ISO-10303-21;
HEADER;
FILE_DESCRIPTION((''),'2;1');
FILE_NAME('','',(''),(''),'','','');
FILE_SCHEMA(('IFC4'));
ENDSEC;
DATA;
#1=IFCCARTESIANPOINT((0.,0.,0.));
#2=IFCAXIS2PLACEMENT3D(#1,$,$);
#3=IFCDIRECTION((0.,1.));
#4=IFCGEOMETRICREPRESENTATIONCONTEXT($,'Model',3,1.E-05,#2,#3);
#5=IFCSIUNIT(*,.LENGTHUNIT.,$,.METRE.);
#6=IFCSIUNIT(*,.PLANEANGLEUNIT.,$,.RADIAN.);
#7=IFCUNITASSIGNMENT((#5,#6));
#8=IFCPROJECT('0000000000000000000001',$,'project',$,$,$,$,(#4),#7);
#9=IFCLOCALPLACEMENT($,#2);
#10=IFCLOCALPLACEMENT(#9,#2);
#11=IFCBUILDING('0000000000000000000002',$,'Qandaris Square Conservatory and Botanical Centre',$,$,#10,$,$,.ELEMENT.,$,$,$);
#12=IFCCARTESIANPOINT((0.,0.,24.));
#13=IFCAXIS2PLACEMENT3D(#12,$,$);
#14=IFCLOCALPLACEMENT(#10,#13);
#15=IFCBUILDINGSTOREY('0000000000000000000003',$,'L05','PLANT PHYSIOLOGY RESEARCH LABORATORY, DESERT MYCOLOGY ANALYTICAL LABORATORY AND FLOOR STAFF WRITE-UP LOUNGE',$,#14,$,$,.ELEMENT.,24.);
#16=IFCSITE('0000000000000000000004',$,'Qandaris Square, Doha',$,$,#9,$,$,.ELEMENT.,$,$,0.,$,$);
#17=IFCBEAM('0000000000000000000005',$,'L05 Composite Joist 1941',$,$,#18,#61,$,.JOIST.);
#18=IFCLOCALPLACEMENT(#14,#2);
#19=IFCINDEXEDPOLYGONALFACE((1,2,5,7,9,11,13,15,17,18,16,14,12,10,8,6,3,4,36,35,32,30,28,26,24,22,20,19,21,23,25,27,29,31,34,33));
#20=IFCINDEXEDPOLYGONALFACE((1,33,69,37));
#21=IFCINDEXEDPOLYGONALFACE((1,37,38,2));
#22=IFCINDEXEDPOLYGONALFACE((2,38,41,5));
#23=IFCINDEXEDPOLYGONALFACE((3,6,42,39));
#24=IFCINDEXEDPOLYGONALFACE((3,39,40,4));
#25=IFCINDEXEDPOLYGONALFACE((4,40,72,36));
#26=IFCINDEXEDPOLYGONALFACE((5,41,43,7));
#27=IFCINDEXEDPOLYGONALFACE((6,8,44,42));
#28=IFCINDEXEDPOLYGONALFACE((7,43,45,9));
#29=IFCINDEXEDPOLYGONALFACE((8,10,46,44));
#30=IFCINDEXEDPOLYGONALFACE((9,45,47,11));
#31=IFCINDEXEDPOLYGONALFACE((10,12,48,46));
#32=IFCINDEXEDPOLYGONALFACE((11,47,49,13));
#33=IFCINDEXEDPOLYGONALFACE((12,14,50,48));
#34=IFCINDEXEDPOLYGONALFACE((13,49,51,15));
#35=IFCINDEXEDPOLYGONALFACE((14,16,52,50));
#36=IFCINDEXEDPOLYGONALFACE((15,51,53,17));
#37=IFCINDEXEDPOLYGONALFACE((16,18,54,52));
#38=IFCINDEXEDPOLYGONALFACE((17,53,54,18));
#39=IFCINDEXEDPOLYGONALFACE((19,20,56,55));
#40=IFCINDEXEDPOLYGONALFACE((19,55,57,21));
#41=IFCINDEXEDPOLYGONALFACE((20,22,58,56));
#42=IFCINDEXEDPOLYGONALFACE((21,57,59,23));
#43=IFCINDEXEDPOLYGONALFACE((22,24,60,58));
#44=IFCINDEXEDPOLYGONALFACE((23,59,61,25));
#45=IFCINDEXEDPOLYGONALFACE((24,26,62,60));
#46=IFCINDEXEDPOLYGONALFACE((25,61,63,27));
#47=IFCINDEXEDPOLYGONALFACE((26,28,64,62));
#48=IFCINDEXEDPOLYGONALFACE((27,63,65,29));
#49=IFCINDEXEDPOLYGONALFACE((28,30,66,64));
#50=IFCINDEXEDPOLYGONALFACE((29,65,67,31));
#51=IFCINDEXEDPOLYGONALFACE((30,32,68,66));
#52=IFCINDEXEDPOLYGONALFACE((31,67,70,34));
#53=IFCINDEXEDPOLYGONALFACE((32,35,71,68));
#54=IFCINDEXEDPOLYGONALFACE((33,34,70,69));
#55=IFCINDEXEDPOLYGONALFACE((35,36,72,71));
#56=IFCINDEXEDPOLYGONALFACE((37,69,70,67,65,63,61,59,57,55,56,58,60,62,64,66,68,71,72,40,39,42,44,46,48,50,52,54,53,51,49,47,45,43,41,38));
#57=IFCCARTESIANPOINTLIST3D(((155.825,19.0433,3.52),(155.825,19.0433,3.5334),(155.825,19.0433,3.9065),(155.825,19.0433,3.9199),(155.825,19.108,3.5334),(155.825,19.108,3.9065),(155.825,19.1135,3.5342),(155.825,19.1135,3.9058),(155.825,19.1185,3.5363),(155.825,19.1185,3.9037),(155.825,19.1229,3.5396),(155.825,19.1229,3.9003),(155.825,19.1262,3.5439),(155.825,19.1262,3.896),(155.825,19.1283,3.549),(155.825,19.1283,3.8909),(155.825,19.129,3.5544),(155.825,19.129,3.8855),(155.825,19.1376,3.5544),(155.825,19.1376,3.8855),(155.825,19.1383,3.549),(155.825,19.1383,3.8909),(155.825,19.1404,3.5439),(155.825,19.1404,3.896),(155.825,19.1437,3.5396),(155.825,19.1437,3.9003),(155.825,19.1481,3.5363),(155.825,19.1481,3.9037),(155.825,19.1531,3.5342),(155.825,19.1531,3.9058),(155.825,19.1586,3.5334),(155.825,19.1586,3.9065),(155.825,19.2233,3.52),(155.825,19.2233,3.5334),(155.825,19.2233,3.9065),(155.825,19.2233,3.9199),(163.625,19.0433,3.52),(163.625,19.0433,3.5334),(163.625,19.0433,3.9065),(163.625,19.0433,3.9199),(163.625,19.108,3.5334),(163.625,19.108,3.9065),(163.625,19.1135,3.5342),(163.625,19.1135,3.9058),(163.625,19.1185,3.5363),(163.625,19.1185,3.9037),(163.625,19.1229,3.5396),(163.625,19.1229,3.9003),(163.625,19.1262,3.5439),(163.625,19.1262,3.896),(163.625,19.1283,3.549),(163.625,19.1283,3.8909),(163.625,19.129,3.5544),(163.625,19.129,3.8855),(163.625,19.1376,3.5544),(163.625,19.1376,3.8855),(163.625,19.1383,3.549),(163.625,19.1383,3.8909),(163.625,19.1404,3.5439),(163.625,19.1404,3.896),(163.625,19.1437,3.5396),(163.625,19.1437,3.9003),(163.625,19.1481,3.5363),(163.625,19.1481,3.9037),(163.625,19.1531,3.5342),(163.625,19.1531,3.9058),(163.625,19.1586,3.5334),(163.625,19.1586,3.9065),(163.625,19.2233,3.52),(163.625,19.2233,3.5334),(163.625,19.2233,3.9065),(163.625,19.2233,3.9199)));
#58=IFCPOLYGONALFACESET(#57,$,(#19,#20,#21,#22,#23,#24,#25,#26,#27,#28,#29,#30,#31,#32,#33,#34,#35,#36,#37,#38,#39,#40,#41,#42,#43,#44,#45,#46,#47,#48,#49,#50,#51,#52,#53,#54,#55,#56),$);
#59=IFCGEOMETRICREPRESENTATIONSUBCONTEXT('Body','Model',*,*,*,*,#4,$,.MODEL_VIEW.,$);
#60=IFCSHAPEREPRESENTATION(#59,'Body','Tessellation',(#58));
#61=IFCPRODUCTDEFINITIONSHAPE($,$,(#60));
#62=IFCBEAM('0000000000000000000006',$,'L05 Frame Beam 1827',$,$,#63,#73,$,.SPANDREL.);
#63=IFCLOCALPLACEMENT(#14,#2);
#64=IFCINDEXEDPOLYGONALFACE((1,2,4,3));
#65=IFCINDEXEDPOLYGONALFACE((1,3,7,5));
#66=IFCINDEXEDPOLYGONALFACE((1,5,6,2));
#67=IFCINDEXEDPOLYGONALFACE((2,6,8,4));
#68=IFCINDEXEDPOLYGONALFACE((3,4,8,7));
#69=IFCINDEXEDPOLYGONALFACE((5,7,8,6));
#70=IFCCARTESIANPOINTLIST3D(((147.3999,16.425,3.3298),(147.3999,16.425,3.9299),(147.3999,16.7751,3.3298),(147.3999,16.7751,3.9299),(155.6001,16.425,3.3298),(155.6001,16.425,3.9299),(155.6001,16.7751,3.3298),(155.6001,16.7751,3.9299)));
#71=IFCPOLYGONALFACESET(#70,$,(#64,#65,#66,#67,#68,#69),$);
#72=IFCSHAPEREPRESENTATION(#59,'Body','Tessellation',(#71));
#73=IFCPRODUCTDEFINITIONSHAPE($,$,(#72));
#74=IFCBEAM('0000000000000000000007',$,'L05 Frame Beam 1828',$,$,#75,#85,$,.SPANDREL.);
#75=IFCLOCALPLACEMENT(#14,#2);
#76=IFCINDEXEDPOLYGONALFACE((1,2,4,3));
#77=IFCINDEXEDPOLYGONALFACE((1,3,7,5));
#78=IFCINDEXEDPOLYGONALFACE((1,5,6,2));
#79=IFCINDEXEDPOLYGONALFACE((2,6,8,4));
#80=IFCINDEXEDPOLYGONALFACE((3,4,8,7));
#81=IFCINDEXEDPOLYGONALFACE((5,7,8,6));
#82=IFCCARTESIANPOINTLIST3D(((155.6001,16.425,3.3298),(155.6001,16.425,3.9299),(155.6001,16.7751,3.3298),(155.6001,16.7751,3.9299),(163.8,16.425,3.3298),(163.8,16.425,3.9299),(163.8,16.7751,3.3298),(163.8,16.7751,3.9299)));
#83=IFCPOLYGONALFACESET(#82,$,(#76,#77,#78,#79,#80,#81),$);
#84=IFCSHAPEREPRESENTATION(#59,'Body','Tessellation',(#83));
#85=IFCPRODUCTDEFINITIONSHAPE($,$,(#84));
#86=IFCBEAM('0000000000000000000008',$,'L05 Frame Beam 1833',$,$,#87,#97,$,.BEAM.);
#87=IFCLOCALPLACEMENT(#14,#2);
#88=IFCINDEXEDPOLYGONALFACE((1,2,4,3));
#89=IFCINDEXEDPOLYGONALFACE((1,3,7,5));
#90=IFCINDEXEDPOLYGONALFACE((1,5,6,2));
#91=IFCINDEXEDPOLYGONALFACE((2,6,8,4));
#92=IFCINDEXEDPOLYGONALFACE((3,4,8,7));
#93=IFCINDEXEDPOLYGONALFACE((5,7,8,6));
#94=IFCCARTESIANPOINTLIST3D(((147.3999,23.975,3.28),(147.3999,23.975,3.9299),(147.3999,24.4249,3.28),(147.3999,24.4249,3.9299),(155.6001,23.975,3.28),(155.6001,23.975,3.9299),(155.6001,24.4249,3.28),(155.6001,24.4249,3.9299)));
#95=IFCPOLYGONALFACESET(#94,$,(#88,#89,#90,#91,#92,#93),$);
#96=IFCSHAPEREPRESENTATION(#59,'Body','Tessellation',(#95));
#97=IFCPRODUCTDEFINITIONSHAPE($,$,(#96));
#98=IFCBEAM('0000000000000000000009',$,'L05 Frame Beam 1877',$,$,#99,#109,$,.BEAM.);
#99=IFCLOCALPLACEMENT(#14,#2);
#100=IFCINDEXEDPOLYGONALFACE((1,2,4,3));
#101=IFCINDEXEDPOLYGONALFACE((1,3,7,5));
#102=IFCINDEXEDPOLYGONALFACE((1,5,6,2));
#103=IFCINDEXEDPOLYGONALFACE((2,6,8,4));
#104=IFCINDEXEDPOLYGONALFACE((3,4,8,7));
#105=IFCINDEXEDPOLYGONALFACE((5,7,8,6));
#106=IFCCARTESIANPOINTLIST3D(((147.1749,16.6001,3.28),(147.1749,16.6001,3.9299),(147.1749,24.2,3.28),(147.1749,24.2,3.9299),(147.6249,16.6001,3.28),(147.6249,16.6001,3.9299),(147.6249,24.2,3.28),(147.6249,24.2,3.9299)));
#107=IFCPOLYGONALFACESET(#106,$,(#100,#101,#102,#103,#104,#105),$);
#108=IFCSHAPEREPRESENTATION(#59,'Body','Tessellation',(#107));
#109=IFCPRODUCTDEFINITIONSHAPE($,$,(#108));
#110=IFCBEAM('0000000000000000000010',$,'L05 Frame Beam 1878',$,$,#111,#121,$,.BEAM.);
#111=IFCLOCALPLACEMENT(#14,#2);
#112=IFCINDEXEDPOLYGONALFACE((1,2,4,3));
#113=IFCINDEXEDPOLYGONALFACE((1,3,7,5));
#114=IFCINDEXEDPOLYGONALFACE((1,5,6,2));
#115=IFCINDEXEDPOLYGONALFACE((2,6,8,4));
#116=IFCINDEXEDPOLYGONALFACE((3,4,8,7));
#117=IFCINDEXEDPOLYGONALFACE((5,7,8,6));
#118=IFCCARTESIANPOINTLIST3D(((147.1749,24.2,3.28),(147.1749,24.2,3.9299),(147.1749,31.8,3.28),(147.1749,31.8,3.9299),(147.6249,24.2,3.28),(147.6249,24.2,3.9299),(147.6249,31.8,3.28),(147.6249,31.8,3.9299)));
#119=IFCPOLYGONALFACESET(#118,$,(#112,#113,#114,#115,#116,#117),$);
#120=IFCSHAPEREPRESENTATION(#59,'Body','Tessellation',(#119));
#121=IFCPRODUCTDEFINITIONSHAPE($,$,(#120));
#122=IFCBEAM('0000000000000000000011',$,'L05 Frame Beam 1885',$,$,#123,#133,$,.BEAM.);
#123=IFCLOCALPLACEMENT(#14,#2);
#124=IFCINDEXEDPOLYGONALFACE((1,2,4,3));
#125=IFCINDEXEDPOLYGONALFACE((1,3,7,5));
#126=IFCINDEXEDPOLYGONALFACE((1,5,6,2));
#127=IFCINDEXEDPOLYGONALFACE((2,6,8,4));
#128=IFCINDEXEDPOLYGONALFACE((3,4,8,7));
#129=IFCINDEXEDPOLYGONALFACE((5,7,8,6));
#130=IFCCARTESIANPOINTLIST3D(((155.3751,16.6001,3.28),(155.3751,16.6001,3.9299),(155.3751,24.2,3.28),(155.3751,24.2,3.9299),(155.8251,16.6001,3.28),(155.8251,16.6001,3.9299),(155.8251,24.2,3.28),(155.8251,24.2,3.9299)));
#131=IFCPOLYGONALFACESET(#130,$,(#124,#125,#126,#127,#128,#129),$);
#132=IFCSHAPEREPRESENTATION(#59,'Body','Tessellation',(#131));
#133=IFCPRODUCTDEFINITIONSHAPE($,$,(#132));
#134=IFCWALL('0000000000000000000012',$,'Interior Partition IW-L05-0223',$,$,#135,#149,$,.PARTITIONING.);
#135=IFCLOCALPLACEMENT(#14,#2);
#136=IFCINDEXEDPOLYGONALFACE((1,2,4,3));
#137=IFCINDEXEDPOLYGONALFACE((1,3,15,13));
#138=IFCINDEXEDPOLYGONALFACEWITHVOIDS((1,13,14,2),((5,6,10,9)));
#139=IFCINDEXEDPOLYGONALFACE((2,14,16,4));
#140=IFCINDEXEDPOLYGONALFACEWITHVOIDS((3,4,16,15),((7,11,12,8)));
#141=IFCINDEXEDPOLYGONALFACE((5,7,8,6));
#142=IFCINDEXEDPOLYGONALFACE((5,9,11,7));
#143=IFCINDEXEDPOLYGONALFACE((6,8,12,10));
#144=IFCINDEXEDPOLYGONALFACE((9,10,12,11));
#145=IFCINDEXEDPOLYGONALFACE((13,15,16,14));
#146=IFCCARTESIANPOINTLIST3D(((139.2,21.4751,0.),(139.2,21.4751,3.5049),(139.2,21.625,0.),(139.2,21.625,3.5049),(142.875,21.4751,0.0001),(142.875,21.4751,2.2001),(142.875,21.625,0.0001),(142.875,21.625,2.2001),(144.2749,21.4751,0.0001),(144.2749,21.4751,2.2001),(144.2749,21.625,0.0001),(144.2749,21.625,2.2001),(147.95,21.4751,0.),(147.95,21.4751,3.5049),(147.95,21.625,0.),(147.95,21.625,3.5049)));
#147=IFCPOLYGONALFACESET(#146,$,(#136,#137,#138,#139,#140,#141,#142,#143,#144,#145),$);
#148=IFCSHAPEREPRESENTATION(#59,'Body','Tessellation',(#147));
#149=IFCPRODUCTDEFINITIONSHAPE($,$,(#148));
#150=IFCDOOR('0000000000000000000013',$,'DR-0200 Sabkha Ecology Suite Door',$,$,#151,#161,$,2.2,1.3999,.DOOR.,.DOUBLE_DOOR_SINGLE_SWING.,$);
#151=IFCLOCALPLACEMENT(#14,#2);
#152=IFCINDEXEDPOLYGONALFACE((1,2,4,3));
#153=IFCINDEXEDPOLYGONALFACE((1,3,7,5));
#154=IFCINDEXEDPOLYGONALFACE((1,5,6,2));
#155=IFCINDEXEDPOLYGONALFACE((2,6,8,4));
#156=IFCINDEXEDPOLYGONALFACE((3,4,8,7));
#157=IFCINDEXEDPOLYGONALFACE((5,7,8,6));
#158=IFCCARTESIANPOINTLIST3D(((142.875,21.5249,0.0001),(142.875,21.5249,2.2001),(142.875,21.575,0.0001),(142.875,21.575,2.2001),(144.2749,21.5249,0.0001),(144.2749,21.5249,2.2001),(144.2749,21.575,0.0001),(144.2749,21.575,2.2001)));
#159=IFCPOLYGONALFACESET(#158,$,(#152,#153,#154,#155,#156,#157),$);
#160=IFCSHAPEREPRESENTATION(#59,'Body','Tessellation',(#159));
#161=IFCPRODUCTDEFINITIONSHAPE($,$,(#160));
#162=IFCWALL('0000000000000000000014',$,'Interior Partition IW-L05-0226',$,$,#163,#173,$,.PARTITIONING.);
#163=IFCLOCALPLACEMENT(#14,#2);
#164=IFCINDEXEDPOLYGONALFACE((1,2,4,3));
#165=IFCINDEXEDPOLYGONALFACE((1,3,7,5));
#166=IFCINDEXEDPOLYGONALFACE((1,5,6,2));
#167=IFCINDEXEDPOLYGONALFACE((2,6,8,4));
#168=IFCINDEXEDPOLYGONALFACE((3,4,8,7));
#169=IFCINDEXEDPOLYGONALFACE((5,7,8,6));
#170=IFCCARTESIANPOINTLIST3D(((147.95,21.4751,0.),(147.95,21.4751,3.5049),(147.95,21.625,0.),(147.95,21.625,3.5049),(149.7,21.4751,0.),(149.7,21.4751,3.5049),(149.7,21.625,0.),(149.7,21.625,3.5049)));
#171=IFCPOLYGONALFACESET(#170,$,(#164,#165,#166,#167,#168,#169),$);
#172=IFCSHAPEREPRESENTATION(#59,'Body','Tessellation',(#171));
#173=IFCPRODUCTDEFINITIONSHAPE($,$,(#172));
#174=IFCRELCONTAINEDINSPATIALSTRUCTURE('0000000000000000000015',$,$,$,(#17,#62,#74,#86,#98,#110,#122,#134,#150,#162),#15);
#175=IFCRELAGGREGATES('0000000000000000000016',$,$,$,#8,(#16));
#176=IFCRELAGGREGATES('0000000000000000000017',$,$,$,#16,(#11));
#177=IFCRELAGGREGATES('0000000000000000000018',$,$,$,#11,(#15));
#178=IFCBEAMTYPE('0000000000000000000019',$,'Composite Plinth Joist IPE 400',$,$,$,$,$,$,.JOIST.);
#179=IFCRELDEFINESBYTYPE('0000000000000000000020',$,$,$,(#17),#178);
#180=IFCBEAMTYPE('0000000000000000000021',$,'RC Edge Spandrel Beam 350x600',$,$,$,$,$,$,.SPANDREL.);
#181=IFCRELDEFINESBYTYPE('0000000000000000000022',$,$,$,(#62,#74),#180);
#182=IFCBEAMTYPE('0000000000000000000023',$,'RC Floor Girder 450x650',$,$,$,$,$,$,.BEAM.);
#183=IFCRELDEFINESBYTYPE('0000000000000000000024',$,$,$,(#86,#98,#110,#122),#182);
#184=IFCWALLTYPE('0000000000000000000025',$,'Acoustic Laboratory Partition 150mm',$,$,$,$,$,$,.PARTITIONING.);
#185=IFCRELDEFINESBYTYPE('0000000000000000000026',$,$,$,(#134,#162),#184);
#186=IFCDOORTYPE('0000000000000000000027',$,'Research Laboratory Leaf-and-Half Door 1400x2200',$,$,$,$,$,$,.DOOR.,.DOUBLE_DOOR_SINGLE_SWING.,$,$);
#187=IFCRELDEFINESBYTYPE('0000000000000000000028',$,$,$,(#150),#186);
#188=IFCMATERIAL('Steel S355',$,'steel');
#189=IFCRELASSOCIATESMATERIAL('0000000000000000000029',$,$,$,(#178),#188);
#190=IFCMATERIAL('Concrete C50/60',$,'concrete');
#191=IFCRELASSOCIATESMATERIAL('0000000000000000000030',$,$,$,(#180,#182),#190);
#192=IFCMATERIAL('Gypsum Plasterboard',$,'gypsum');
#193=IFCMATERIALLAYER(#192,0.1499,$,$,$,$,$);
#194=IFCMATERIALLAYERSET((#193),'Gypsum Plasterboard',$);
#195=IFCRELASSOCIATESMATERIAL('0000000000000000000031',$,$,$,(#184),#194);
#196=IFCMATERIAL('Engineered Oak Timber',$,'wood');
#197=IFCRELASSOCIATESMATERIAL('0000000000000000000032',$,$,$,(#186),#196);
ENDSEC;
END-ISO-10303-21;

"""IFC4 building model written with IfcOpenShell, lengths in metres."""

from ifc_helpers import new_model, si_unit, direction, frame, frame_2d, origin, origin_2d, place, context, subcontext, project, spatial, rectangle, i_section, extrude, material, layer, layer_set, material_profile, profile_set, type_object, element, fill, save


model = new_model("IFC4")

# Units and contexts
model_context = context("Model", 3, precision=1e-05, world=origin(), true_north=direction((0.0, 1.0)))
body_context = subcontext(model_context, "Body", "Model", "MODEL_VIEW")
ifc_project = project(units=[si_unit("LENGTHUNIT", "METRE"), si_unit("PLANEANGLEUNIT", "RADIAN")], contexts=[model_context])

# Site, building, storey
site_placement = place(None, origin())
site = spatial("IfcSite", under=ifc_project, at=site_placement, Name="Qandaris Square, Doha", CompositionType="ELEMENT", RefElevation=0.0)
building_placement = place(site_placement, origin())
building = spatial("IfcBuilding", under=site, at=building_placement, Name="Qandaris Square Conservatory and Botanical Centre", CompositionType="ELEMENT")
storey_placement = place(building_placement, frame((0.0, 0.0, 24.0)))
storey = spatial("IfcBuildingStorey", under=building, at=storey_placement, Name="L05", Description="PLANT PHYSIOLOGY RESEARCH LABORATORY, DESERT MYCOLOGY ANALYTICAL LABORATORY AND FLOOR STAFF WRITE-UP LOUNGE", CompositionType="ELEMENT", Elevation=24.0)

# Shared definitions
ifc_material_1 = material(Name="Concrete C50/60", Category="concrete")

# Beams
ifc_material_2 = material(Name="Steel S355", Category="steel")
ifc_material_profile_1 = material_profile(ifc_material_2, i_section(OverallWidth=0.1799, OverallDepth=0.3999, WebThickness=0.0085, FlangeThickness=0.0134, FilletRadius=0.021, at=origin_2d()), Name="IPE 400")
ifc_profile_set_1 = profile_set([ifc_material_profile_1], Name="Steel S355")
beam_type_1 = type_object("IfcBeamType", Name="Composite Plinth Joist IPE 400", PredefinedType="JOIST", material=ifc_profile_set_1)
beam_1_placement = place(storey_placement, frame((155.825, 19.1333, 3.72), z_axis=(1.0, 0.0, 0.0), x_axis=(0.0, 1.0, 0.0)))
element("IfcBeam", 1, at=beam_1_placement, inside=storey, type_object=beam_type_1, Name="L05 Composite Joist 1941", PredefinedType="JOIST", context=body_context, shape_type="SweptSolid", body=[
    extrude(i_section(OverallWidth=0.1799, OverallDepth=0.3999, WebThickness=0.0085, FlangeThickness=0.0134, FilletRadius=0.021, at=origin_2d()), origin(), (0.0, 0.0, 1.0), 7.8),
])
ifc_material_profile_2 = material_profile(ifc_material_1, rectangle(XDim=0.3501, YDim=0.6001, at=origin_2d()), Name="RC-SP 350x600")
ifc_profile_set_2 = profile_set([ifc_material_profile_2], Name="Concrete C50/60")
beam_type_2 = type_object("IfcBeamType", Name="RC Edge Spandrel Beam 350x600", PredefinedType="SPANDREL", material=ifc_profile_set_2)
beam_2_placement = place(storey_placement, frame((147.3999, 16.6001, 3.6299), z_axis=(1.0, 0.0, 0.0), x_axis=(0.0, 1.0, 0.0)))
element("IfcBeam", 2, at=beam_2_placement, inside=storey, type_object=beam_type_2, Name="L05 Frame Beam 1827", PredefinedType="SPANDREL", context=body_context, shape_type="SweptSolid", body=[
    extrude(rectangle(XDim=0.3501, YDim=0.6001, at=origin_2d()), origin(), (0.0, 0.0, 1.0), 8.2002),
])
beam_3_placement = place(storey_placement, frame((155.6001, 16.6001, 3.6299), z_axis=(1.0, 0.0, 0.0), x_axis=(0.0, 1.0, 0.0)))
element("IfcBeam", 3, at=beam_3_placement, inside=storey, type_object=beam_type_2, Name="L05 Frame Beam 1828", PredefinedType="SPANDREL", context=body_context, shape_type="SweptSolid", body=[
    extrude(rectangle(XDim=0.3501, YDim=0.6001, at=origin_2d()), origin(), (0.0, 0.0, 1.0), 8.2),
])
ifc_material_profile_3 = material_profile(ifc_material_1, rectangle(XDim=0.45, YDim=0.6499, at=origin_2d()), Name="RC-BM 450x650")
ifc_profile_set_3 = profile_set([ifc_material_profile_3], Name="Concrete C50/60")
beam_type_3 = type_object("IfcBeamType", Name="RC Floor Girder 450x650", PredefinedType="BEAM", material=ifc_profile_set_3)
beam_4_placement = place(storey_placement, frame((147.3999, 24.2, 3.605), z_axis=(1.0, 0.0, 0.0), x_axis=(0.0, 1.0, 0.0)))
element("IfcBeam", 4, at=beam_4_placement, inside=storey, type_object=beam_type_3, Name="L05 Frame Beam 1833", PredefinedType="BEAM", context=body_context, shape_type="SweptSolid", body=[
    extrude(rectangle(XDim=0.45, YDim=0.6499, at=origin_2d()), origin(), (0.0, 0.0, 1.0), 8.2002),
])
beam_5_placement = place(storey_placement, frame((147.3999, 16.6001, 3.605), z_axis=(0.0, 1.0, 0.0), x_axis=(-1.0, 0.0, 0.0)))
element("IfcBeam", 5, at=beam_5_placement, inside=storey, type_object=beam_type_3, Name="L05 Frame Beam 1877", PredefinedType="BEAM", context=body_context, shape_type="SweptSolid", body=[
    extrude(rectangle(XDim=0.45, YDim=0.6499, at=origin_2d()), origin(), (0.0, 0.0, 1.0), 7.5999),
])
beam_6_placement = place(storey_placement, frame((147.3999, 24.2, 3.605), z_axis=(0.0, 1.0, 0.0), x_axis=(-1.0, 0.0, 0.0)))
element("IfcBeam", 6, at=beam_6_placement, inside=storey, type_object=beam_type_3, Name="L05 Frame Beam 1878", PredefinedType="BEAM", context=body_context, shape_type="SweptSolid", body=[
    extrude(rectangle(XDim=0.45, YDim=0.6499, at=origin_2d()), origin(), (0.0, 0.0, 1.0), 7.6001),
])
beam_7_placement = place(storey_placement, frame((155.6001, 16.6001, 3.605), z_axis=(0.0, 1.0, 0.0), x_axis=(-1.0, 0.0, 0.0)))
element("IfcBeam", 7, at=beam_7_placement, inside=storey, type_object=beam_type_3, Name="L05 Frame Beam 1885", PredefinedType="BEAM", context=body_context, shape_type="SweptSolid", body=[
    extrude(rectangle(XDim=0.45, YDim=0.6499, at=origin_2d()), origin(), (0.0, 0.0, 1.0), 7.5999),
])

# Wall, opening, door
ifc_material_3 = material(Name="Gypsum Plasterboard", Category="gypsum")
ifc_layer_1 = layer(ifc_material_3, 0.1499)
ifc_layer_set_1 = layer_set([ifc_layer_1], Name="Gypsum Plasterboard")
wall_type_1 = type_object("IfcWallType", Name="Acoustic Laboratory Partition 150mm", PredefinedType="PARTITIONING", material=ifc_layer_set_1)
wall_1_placement = place(storey_placement, frame((147.95, 21.55, 0.0), z_axis=(0.0, 0.0, 1.0), x_axis=(-1.0, 0.0, 0.0)))
wall_1 = element("IfcWall", 8, at=wall_1_placement, inside=storey, type_object=wall_type_1, Name="Interior Partition IW-L05-0223", PredefinedType="PARTITIONING", context=body_context, shape_type="SweptSolid", body=[
    extrude(rectangle(XDim=8.75, YDim=0.1499, at=frame_2d((4.375, 0.0))), origin(), (0.0, 0.0, 1.0), 3.5049),
])
opening_1_placement = place(wall_1_placement, frame((3.675, 0.0, 0.0)))
opening_1 = element("IfcOpeningElement", 9, at=opening_1_placement, cuts=wall_1, PredefinedType="OPENING", context=body_context, shape_type="SweptSolid", body=[
    extrude(rectangle(XDim=1.3999, YDim=2.2, at=frame_2d((0.7, 1.1001))), frame((0.0, 0.0869, 0.0), z_axis=(0.0, -1.0, 0.0), x_axis=(1.0, 0.0, 0.0)), (0.0, 0.0, 1.0), 0.1738),
])
ifc_material_4 = material(Name="Engineered Oak Timber", Category="wood")
door_type_1 = type_object("IfcDoorType", Name="Research Laboratory Leaf-and-Half Door 1400x2200", OperationType="DOUBLE_DOOR_SINGLE_SWING", PredefinedType="DOOR", material=ifc_material_4)
door_1_placement = place(opening_1_placement, frame((1.3999, 0.0, 0.0), z_axis=(0.0, 0.0, 1.0), x_axis=(-1.0, 0.0, 0.0)))
door_1 = element("IfcDoor", 10, at=door_1_placement, inside=storey, type_object=door_type_1, Name="DR-0200 Sabkha Ecology Suite Door", OperationType="DOUBLE_DOOR_SINGLE_SWING", OverallHeight=2.2, OverallWidth=1.3999, PredefinedType="DOOR", context=body_context, shape_type="SweptSolid", body=[
    extrude(rectangle(XDim=1.3999, YDim=2.2, at=frame_2d((0.7, 1.1001))), frame((0.0, 0.0249, 0.0), z_axis=(0.0, -1.0, 0.0), x_axis=(1.0, 0.0, 0.0)), (0.0, 0.0, 1.0), 0.05),
])
fill(opening_1, door_1)

# Wall
wall_2_placement = place(storey_placement, frame((149.7, 21.55, 0.0), z_axis=(0.0, 0.0, 1.0), x_axis=(-1.0, 0.0, 0.0)))
element("IfcWall", 11, at=wall_2_placement, inside=storey, type_object=wall_type_1, Name="Interior Partition IW-L05-0226", PredefinedType="PARTITIONING", context=body_context, shape_type="SweptSolid", body=[
    extrude(rectangle(XDim=1.75, YDim=0.1499, at=frame_2d((0.875, 0.0))), origin(), (0.0, 0.0, 1.0), 3.5049),
])

save(model, "model.ifc")
